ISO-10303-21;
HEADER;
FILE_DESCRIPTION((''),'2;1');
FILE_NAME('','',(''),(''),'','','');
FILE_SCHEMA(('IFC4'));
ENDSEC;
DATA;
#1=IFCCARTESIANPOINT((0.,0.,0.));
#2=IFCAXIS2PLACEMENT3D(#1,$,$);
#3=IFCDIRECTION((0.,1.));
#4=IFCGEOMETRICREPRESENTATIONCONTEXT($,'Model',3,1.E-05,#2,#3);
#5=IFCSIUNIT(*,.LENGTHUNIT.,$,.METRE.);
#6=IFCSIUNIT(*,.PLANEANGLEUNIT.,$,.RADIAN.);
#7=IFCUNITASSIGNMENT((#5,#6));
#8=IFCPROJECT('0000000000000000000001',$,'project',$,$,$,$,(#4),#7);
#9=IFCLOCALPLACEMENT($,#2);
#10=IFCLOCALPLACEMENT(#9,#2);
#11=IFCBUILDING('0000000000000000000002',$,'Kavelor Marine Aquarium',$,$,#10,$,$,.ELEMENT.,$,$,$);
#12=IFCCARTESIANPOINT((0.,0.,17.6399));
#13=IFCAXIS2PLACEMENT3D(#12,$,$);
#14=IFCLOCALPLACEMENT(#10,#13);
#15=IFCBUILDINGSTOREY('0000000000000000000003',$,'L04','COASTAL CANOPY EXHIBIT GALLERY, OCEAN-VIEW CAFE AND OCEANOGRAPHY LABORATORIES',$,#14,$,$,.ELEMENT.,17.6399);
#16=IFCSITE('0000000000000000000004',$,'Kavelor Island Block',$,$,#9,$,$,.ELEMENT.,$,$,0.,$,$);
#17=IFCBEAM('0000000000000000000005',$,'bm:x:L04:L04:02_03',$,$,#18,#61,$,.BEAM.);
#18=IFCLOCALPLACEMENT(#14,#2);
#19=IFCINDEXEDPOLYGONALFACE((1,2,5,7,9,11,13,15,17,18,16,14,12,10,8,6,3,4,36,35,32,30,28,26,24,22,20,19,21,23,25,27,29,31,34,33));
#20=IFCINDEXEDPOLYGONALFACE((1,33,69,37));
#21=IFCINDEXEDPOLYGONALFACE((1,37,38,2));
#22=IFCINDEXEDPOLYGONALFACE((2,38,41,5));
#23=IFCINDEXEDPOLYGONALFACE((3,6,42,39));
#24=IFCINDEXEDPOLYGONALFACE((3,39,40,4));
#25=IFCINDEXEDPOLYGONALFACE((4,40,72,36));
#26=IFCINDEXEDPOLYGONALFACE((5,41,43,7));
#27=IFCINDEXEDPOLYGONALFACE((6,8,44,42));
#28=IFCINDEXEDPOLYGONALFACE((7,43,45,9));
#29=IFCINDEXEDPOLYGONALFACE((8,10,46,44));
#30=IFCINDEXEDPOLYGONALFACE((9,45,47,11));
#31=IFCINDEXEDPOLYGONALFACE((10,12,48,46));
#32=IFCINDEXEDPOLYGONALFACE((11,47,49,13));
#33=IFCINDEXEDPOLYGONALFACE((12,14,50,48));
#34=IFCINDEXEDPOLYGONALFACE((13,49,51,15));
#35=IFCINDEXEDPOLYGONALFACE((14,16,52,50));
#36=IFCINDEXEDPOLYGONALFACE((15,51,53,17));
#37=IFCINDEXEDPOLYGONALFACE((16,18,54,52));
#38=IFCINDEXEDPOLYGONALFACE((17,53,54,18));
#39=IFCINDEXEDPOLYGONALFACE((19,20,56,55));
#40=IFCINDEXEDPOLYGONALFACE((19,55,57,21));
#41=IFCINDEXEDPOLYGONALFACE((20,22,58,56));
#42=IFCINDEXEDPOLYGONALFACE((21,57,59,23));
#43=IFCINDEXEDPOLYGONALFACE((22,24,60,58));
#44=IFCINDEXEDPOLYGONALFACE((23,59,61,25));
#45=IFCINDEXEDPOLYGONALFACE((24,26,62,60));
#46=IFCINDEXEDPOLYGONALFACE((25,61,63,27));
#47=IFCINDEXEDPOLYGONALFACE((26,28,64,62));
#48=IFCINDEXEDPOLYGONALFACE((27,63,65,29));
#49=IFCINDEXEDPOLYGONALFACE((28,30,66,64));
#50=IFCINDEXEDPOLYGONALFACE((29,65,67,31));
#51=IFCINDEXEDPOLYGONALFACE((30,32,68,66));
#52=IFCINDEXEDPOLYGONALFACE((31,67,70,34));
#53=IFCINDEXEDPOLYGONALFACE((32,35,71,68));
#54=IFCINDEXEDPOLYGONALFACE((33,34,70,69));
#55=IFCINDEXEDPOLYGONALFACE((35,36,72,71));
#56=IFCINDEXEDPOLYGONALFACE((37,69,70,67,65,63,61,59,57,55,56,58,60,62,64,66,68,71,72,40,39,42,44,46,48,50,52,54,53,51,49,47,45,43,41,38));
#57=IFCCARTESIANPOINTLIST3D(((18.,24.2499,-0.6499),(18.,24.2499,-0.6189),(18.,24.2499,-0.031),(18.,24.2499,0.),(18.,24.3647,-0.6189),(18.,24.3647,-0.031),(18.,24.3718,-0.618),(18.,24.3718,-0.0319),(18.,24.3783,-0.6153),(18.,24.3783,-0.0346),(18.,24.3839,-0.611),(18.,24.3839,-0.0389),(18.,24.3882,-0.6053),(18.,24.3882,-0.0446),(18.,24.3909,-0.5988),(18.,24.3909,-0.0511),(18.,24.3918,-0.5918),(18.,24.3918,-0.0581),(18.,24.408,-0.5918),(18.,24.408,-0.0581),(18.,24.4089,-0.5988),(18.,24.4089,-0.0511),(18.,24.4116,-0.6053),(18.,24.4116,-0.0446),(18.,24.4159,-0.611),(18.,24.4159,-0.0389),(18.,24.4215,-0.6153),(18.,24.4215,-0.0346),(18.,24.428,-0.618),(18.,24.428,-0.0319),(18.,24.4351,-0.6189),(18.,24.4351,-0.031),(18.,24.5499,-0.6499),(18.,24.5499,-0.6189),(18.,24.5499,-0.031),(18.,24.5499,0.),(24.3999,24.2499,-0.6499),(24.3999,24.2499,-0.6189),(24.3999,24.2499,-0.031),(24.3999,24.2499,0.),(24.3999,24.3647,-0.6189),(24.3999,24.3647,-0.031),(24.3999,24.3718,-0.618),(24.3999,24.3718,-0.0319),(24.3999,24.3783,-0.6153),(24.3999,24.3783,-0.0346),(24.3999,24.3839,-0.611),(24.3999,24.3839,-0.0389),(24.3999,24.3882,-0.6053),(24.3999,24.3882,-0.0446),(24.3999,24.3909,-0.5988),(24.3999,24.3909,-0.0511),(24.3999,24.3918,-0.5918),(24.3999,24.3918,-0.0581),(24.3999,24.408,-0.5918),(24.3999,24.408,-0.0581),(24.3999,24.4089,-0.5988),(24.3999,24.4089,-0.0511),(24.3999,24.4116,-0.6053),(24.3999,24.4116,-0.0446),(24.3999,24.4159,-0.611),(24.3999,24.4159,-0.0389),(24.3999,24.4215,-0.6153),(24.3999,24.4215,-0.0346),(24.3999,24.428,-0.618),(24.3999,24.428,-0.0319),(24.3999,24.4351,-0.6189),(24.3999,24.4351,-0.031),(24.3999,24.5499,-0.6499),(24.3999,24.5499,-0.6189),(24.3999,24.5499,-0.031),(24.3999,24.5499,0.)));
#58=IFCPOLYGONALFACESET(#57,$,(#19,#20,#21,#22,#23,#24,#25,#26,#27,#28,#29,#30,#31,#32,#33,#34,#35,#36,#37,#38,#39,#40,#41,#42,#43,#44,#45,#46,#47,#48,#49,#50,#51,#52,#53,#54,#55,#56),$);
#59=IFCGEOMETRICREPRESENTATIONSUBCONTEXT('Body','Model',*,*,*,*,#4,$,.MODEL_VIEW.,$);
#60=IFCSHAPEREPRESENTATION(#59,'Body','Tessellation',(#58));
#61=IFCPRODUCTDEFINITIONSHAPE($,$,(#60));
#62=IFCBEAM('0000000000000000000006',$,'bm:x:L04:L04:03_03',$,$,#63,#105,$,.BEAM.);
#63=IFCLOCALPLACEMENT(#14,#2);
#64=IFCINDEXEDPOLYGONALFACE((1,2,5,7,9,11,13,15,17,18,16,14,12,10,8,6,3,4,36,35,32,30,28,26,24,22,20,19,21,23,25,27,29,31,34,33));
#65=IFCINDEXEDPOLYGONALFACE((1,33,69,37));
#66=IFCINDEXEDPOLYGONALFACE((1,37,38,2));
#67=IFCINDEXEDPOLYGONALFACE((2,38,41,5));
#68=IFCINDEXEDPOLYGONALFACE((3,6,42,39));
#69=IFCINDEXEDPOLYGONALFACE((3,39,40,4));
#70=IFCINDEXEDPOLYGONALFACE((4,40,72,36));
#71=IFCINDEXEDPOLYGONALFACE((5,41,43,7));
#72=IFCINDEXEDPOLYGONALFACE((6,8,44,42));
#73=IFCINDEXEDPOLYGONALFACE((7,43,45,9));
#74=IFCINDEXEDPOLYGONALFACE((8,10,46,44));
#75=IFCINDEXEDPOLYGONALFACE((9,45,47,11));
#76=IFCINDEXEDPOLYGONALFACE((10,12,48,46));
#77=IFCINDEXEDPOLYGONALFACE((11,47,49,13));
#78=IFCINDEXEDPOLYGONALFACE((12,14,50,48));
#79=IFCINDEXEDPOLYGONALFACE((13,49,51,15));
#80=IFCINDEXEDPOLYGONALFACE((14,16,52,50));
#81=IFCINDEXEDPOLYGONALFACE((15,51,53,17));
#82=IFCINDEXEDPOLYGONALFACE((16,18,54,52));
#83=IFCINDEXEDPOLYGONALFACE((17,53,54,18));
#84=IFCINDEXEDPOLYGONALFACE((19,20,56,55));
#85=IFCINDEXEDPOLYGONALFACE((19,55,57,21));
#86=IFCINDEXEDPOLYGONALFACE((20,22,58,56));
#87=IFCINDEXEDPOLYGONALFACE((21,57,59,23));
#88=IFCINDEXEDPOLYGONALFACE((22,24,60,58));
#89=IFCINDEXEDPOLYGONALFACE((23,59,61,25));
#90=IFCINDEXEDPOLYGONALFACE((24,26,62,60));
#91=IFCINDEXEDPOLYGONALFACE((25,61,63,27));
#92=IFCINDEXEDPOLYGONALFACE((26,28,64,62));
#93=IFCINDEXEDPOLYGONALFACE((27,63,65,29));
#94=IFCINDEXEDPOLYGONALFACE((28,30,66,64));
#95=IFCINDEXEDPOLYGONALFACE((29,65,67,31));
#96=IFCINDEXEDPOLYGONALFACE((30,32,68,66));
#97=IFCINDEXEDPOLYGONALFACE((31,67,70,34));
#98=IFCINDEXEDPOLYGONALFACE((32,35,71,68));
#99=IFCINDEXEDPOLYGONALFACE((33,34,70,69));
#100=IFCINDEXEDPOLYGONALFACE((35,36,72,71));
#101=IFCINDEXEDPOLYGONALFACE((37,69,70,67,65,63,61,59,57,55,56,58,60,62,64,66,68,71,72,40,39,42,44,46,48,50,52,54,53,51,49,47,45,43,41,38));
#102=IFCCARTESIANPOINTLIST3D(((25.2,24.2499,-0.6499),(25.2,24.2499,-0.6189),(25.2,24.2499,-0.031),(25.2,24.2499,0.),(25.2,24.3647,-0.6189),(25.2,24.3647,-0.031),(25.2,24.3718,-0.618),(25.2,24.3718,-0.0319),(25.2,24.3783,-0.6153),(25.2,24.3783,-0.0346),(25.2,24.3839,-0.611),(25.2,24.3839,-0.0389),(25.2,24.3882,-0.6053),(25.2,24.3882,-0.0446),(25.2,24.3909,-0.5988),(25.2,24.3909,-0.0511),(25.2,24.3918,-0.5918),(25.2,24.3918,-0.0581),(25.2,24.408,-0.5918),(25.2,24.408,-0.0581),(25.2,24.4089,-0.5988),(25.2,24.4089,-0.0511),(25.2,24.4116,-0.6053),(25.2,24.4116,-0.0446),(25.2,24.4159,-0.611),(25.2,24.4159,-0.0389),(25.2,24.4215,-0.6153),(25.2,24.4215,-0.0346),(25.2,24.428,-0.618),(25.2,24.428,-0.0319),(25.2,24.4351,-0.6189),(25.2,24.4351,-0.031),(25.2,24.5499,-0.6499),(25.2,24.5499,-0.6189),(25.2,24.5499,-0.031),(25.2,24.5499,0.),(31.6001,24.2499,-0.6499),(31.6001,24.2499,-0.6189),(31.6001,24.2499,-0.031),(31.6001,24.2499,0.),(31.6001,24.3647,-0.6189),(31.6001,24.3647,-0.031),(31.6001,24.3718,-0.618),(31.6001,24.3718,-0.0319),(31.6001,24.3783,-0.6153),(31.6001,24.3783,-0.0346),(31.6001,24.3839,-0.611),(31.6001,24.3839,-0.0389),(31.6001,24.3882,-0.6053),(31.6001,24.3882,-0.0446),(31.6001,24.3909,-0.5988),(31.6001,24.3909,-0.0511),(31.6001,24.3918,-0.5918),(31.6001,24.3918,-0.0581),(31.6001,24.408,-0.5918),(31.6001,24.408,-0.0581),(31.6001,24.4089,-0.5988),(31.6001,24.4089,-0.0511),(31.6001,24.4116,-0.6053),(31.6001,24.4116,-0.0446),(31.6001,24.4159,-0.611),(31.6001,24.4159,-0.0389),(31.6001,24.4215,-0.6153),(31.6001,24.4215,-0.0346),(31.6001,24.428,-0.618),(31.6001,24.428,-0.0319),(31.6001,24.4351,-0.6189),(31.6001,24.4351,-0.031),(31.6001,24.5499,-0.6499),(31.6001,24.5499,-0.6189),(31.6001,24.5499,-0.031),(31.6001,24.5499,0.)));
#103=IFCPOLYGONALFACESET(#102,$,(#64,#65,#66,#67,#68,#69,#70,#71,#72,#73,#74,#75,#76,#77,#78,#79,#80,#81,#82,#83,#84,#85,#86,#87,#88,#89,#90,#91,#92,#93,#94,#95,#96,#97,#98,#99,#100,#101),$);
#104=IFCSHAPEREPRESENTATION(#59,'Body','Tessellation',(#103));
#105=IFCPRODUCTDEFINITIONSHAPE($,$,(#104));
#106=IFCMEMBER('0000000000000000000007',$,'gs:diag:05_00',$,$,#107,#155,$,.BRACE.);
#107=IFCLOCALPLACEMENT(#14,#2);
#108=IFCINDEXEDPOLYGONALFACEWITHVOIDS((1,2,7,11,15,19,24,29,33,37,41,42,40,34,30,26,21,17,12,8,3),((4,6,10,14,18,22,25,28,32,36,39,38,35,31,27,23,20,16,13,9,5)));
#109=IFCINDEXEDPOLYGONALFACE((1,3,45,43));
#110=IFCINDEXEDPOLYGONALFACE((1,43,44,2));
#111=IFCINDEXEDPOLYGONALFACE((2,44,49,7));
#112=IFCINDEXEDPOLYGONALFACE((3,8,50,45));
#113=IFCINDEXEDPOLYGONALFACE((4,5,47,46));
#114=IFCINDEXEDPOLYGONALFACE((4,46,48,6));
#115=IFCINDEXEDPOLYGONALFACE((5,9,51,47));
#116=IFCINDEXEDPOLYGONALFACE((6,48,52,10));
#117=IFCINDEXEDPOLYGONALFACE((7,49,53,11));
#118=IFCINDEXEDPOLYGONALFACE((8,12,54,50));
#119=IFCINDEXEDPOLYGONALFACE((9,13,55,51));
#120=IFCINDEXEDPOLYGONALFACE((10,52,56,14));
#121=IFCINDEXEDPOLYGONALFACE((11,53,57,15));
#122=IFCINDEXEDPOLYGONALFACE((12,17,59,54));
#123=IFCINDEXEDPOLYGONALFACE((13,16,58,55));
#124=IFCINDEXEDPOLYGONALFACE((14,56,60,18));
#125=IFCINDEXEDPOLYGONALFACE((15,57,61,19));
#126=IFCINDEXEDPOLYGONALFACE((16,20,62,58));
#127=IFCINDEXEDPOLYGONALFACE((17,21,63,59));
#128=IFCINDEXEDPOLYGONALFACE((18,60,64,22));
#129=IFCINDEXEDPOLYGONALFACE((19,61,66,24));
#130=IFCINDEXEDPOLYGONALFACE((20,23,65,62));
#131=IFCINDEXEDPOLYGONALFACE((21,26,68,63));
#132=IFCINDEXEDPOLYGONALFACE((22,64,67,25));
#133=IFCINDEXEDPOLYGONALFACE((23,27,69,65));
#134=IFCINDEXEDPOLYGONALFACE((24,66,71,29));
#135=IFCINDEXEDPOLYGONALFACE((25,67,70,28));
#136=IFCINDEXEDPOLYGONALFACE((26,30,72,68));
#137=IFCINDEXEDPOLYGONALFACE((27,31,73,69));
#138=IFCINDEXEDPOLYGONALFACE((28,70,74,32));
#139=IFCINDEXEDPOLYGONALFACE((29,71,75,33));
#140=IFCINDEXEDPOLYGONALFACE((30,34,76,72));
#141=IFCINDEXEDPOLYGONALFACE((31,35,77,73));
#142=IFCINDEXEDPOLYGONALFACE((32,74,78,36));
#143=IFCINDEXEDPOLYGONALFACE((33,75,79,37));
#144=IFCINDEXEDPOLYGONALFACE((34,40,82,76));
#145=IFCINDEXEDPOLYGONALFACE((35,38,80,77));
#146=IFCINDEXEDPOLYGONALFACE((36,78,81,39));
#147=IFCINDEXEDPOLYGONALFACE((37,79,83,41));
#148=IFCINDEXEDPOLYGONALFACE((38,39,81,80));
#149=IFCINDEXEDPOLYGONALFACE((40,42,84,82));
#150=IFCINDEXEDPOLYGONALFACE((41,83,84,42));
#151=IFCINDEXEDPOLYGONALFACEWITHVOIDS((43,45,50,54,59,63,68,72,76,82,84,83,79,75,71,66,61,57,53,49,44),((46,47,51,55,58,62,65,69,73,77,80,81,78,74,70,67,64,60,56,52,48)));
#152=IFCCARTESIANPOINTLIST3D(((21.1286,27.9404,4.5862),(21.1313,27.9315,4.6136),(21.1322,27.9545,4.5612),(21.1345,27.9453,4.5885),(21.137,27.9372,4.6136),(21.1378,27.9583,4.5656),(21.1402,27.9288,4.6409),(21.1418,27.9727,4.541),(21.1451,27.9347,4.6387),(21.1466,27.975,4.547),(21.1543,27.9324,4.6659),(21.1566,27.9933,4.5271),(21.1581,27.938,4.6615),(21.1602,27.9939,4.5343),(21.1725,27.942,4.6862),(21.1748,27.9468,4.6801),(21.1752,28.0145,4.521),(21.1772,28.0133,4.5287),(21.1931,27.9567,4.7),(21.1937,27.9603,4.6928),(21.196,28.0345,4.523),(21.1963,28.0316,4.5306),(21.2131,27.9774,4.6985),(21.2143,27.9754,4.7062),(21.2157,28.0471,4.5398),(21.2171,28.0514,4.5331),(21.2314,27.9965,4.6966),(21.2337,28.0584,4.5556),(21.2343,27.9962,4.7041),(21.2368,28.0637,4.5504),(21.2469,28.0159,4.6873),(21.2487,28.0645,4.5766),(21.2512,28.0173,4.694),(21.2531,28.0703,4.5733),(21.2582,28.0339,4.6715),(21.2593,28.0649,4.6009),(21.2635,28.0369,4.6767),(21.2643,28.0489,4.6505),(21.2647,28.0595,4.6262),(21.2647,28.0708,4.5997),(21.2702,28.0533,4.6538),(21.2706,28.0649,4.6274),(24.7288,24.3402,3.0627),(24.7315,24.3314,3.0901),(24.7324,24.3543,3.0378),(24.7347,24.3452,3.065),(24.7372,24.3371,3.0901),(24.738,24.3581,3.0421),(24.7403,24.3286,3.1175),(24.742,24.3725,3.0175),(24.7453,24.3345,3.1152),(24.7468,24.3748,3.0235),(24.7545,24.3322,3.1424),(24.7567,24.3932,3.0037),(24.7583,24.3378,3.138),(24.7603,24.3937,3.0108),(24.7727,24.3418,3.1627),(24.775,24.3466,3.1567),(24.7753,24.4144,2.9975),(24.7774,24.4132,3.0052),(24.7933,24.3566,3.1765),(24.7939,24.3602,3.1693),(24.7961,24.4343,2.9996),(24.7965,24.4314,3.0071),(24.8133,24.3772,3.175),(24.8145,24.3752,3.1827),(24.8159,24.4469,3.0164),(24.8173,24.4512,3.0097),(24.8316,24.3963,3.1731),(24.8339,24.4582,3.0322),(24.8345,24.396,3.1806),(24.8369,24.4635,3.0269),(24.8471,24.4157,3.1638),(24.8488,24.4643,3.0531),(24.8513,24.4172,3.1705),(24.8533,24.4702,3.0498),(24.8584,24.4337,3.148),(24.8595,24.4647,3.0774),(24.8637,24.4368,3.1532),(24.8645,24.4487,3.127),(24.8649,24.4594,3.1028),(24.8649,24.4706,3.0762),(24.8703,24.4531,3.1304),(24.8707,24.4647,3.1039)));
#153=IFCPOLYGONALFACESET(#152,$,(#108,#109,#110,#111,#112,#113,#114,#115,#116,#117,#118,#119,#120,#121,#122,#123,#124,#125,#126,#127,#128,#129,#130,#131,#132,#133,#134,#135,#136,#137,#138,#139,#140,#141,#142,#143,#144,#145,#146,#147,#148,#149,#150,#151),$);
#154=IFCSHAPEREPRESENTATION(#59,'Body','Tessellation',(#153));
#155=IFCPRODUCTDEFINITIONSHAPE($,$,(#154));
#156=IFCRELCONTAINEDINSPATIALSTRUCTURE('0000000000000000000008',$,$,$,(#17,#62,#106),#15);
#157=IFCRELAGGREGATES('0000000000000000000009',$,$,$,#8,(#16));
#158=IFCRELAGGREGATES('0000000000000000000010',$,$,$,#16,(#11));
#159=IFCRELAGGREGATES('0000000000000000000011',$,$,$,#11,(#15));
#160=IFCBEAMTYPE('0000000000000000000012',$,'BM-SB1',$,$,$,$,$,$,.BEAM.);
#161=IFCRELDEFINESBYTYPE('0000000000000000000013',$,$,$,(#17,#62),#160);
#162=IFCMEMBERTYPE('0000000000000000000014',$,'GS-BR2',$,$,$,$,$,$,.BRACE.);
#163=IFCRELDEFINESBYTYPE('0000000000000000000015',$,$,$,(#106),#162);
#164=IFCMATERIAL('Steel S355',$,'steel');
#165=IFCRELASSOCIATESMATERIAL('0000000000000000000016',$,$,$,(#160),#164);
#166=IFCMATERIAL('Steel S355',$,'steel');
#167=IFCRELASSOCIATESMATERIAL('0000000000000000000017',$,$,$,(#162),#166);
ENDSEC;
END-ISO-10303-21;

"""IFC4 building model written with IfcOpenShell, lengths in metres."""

from ifc_helpers import new_model, si_unit, direction, frame, origin, origin_2d, place, context, subcontext, project, spatial, hollow_circle, i_section, extrude, material, material_profile, profile_set, type_object, element, save


model = new_model("IFC4")

# Units and contexts
model_context = context("Model", 3, precision=1e-05, world=origin(), true_north=direction((0.0, 1.0)))
body_context = subcontext(model_context, "Body", "Model", "MODEL_VIEW")
ifc_project = project(units=[si_unit("LENGTHUNIT", "METRE"), si_unit("PLANEANGLEUNIT", "RADIAN")], contexts=[model_context])

# Site, building, storey
site_placement = place(None, origin())
site = spatial("IfcSite", under=ifc_project, at=site_placement, Name="Kavelor Island Block", CompositionType="ELEMENT", RefElevation=0.0)
building_placement = place(site_placement, origin())
building = spatial("IfcBuilding", under=site, at=building_placement, Name="Kavelor Marine Aquarium", CompositionType="ELEMENT")
storey_placement = place(building_placement, frame((0.0, 0.0, 17.6399)))
storey = spatial("IfcBuildingStorey", under=building, at=storey_placement, Name="L04", Description="COASTAL CANOPY EXHIBIT GALLERY, OCEAN-VIEW CAFE AND OCEANOGRAPHY LABORATORIES", CompositionType="ELEMENT", Elevation=17.6399)

# Beams
ifc_material_1 = material(Name="Steel S355", Category="steel")
ifc_material_profile_1 = material_profile(ifc_material_1, i_section(OverallWidth=0.3, OverallDepth=0.6499, WebThickness=0.0161, FlangeThickness=0.031, FilletRadius=0.0271, at=origin_2d()), Name="HEB 650")
ifc_profile_set_1 = profile_set([ifc_material_profile_1], Name="Steel S355")
beam_type = type_object("IfcBeamType", Name="BM-SB1", PredefinedType="BEAM", material=ifc_profile_set_1)
beam_1_placement = place(storey_placement, frame((18.0, 24.3999, -0.325), z_axis=(1.0, 0.0, 0.0), x_axis=(0.0, 1.0, 0.0)))
element("IfcBeam", 1, at=beam_1_placement, inside=storey, type_object=beam_type, Name="bm:x:L04:L04:02_03", PredefinedType="BEAM", context=body_context, shape_type="SweptSolid", body=[
    extrude(i_section(OverallWidth=0.3, OverallDepth=0.6499, WebThickness=0.0161, FlangeThickness=0.031, FilletRadius=0.0271, at=origin_2d()), origin(), (0.0, 0.0, 1.0), 6.3999),
])
beam_2_placement = place(storey_placement, frame((25.2, 24.3999, -0.325), z_axis=(1.0, 0.0, 0.0), x_axis=(0.0, 1.0, 0.0)))
element("IfcBeam", 2, at=beam_2_placement, inside=storey, type_object=beam_type, Name="bm:x:L04:L04:03_03", PredefinedType="BEAM", context=body_context, shape_type="SweptSolid", body=[
    extrude(i_section(OverallWidth=0.3, OverallDepth=0.6499, WebThickness=0.0161, FlangeThickness=0.031, FilletRadius=0.0271, at=origin_2d()), origin(), (0.0, 0.0, 1.0), 6.4001),
])

# Member
ifc_material_2 = material(Name="Steel S355", Category="steel")
ifc_material_profile_2 = material_profile(ifc_material_2, hollow_circle(Radius=0.0969, WallThickness=0.0081, at=origin_2d()), Name="CHS 193.7x8.0")
ifc_profile_set_2 = profile_set([ifc_material_profile_2], Name="Steel S355")
member_type_1 = type_object("IfcMemberType", Name="GS-BR2", PredefinedType="BRACE", material=ifc_profile_set_2)
member_1_placement = place(storey_placement, frame((24.8, 24.3999, 3.0901), z_axis=(-0.67743, 0.67743, 0.286665), x_axis=(-0.707107, -0.707107, 0.0)))
element("IfcMember", 3, at=member_1_placement, inside=storey, type_object=member_type_1, Name="gs:diag:05_00", PredefinedType="BRACE", context=body_context, shape_type="SweptSolid", body=[
    extrude(hollow_circle(Radius=0.0969, WallThickness=0.0081, at=origin_2d()), origin(), (0.0, 0.0, 1.0), 5.3145),
])

save(model, "model.ifc")
